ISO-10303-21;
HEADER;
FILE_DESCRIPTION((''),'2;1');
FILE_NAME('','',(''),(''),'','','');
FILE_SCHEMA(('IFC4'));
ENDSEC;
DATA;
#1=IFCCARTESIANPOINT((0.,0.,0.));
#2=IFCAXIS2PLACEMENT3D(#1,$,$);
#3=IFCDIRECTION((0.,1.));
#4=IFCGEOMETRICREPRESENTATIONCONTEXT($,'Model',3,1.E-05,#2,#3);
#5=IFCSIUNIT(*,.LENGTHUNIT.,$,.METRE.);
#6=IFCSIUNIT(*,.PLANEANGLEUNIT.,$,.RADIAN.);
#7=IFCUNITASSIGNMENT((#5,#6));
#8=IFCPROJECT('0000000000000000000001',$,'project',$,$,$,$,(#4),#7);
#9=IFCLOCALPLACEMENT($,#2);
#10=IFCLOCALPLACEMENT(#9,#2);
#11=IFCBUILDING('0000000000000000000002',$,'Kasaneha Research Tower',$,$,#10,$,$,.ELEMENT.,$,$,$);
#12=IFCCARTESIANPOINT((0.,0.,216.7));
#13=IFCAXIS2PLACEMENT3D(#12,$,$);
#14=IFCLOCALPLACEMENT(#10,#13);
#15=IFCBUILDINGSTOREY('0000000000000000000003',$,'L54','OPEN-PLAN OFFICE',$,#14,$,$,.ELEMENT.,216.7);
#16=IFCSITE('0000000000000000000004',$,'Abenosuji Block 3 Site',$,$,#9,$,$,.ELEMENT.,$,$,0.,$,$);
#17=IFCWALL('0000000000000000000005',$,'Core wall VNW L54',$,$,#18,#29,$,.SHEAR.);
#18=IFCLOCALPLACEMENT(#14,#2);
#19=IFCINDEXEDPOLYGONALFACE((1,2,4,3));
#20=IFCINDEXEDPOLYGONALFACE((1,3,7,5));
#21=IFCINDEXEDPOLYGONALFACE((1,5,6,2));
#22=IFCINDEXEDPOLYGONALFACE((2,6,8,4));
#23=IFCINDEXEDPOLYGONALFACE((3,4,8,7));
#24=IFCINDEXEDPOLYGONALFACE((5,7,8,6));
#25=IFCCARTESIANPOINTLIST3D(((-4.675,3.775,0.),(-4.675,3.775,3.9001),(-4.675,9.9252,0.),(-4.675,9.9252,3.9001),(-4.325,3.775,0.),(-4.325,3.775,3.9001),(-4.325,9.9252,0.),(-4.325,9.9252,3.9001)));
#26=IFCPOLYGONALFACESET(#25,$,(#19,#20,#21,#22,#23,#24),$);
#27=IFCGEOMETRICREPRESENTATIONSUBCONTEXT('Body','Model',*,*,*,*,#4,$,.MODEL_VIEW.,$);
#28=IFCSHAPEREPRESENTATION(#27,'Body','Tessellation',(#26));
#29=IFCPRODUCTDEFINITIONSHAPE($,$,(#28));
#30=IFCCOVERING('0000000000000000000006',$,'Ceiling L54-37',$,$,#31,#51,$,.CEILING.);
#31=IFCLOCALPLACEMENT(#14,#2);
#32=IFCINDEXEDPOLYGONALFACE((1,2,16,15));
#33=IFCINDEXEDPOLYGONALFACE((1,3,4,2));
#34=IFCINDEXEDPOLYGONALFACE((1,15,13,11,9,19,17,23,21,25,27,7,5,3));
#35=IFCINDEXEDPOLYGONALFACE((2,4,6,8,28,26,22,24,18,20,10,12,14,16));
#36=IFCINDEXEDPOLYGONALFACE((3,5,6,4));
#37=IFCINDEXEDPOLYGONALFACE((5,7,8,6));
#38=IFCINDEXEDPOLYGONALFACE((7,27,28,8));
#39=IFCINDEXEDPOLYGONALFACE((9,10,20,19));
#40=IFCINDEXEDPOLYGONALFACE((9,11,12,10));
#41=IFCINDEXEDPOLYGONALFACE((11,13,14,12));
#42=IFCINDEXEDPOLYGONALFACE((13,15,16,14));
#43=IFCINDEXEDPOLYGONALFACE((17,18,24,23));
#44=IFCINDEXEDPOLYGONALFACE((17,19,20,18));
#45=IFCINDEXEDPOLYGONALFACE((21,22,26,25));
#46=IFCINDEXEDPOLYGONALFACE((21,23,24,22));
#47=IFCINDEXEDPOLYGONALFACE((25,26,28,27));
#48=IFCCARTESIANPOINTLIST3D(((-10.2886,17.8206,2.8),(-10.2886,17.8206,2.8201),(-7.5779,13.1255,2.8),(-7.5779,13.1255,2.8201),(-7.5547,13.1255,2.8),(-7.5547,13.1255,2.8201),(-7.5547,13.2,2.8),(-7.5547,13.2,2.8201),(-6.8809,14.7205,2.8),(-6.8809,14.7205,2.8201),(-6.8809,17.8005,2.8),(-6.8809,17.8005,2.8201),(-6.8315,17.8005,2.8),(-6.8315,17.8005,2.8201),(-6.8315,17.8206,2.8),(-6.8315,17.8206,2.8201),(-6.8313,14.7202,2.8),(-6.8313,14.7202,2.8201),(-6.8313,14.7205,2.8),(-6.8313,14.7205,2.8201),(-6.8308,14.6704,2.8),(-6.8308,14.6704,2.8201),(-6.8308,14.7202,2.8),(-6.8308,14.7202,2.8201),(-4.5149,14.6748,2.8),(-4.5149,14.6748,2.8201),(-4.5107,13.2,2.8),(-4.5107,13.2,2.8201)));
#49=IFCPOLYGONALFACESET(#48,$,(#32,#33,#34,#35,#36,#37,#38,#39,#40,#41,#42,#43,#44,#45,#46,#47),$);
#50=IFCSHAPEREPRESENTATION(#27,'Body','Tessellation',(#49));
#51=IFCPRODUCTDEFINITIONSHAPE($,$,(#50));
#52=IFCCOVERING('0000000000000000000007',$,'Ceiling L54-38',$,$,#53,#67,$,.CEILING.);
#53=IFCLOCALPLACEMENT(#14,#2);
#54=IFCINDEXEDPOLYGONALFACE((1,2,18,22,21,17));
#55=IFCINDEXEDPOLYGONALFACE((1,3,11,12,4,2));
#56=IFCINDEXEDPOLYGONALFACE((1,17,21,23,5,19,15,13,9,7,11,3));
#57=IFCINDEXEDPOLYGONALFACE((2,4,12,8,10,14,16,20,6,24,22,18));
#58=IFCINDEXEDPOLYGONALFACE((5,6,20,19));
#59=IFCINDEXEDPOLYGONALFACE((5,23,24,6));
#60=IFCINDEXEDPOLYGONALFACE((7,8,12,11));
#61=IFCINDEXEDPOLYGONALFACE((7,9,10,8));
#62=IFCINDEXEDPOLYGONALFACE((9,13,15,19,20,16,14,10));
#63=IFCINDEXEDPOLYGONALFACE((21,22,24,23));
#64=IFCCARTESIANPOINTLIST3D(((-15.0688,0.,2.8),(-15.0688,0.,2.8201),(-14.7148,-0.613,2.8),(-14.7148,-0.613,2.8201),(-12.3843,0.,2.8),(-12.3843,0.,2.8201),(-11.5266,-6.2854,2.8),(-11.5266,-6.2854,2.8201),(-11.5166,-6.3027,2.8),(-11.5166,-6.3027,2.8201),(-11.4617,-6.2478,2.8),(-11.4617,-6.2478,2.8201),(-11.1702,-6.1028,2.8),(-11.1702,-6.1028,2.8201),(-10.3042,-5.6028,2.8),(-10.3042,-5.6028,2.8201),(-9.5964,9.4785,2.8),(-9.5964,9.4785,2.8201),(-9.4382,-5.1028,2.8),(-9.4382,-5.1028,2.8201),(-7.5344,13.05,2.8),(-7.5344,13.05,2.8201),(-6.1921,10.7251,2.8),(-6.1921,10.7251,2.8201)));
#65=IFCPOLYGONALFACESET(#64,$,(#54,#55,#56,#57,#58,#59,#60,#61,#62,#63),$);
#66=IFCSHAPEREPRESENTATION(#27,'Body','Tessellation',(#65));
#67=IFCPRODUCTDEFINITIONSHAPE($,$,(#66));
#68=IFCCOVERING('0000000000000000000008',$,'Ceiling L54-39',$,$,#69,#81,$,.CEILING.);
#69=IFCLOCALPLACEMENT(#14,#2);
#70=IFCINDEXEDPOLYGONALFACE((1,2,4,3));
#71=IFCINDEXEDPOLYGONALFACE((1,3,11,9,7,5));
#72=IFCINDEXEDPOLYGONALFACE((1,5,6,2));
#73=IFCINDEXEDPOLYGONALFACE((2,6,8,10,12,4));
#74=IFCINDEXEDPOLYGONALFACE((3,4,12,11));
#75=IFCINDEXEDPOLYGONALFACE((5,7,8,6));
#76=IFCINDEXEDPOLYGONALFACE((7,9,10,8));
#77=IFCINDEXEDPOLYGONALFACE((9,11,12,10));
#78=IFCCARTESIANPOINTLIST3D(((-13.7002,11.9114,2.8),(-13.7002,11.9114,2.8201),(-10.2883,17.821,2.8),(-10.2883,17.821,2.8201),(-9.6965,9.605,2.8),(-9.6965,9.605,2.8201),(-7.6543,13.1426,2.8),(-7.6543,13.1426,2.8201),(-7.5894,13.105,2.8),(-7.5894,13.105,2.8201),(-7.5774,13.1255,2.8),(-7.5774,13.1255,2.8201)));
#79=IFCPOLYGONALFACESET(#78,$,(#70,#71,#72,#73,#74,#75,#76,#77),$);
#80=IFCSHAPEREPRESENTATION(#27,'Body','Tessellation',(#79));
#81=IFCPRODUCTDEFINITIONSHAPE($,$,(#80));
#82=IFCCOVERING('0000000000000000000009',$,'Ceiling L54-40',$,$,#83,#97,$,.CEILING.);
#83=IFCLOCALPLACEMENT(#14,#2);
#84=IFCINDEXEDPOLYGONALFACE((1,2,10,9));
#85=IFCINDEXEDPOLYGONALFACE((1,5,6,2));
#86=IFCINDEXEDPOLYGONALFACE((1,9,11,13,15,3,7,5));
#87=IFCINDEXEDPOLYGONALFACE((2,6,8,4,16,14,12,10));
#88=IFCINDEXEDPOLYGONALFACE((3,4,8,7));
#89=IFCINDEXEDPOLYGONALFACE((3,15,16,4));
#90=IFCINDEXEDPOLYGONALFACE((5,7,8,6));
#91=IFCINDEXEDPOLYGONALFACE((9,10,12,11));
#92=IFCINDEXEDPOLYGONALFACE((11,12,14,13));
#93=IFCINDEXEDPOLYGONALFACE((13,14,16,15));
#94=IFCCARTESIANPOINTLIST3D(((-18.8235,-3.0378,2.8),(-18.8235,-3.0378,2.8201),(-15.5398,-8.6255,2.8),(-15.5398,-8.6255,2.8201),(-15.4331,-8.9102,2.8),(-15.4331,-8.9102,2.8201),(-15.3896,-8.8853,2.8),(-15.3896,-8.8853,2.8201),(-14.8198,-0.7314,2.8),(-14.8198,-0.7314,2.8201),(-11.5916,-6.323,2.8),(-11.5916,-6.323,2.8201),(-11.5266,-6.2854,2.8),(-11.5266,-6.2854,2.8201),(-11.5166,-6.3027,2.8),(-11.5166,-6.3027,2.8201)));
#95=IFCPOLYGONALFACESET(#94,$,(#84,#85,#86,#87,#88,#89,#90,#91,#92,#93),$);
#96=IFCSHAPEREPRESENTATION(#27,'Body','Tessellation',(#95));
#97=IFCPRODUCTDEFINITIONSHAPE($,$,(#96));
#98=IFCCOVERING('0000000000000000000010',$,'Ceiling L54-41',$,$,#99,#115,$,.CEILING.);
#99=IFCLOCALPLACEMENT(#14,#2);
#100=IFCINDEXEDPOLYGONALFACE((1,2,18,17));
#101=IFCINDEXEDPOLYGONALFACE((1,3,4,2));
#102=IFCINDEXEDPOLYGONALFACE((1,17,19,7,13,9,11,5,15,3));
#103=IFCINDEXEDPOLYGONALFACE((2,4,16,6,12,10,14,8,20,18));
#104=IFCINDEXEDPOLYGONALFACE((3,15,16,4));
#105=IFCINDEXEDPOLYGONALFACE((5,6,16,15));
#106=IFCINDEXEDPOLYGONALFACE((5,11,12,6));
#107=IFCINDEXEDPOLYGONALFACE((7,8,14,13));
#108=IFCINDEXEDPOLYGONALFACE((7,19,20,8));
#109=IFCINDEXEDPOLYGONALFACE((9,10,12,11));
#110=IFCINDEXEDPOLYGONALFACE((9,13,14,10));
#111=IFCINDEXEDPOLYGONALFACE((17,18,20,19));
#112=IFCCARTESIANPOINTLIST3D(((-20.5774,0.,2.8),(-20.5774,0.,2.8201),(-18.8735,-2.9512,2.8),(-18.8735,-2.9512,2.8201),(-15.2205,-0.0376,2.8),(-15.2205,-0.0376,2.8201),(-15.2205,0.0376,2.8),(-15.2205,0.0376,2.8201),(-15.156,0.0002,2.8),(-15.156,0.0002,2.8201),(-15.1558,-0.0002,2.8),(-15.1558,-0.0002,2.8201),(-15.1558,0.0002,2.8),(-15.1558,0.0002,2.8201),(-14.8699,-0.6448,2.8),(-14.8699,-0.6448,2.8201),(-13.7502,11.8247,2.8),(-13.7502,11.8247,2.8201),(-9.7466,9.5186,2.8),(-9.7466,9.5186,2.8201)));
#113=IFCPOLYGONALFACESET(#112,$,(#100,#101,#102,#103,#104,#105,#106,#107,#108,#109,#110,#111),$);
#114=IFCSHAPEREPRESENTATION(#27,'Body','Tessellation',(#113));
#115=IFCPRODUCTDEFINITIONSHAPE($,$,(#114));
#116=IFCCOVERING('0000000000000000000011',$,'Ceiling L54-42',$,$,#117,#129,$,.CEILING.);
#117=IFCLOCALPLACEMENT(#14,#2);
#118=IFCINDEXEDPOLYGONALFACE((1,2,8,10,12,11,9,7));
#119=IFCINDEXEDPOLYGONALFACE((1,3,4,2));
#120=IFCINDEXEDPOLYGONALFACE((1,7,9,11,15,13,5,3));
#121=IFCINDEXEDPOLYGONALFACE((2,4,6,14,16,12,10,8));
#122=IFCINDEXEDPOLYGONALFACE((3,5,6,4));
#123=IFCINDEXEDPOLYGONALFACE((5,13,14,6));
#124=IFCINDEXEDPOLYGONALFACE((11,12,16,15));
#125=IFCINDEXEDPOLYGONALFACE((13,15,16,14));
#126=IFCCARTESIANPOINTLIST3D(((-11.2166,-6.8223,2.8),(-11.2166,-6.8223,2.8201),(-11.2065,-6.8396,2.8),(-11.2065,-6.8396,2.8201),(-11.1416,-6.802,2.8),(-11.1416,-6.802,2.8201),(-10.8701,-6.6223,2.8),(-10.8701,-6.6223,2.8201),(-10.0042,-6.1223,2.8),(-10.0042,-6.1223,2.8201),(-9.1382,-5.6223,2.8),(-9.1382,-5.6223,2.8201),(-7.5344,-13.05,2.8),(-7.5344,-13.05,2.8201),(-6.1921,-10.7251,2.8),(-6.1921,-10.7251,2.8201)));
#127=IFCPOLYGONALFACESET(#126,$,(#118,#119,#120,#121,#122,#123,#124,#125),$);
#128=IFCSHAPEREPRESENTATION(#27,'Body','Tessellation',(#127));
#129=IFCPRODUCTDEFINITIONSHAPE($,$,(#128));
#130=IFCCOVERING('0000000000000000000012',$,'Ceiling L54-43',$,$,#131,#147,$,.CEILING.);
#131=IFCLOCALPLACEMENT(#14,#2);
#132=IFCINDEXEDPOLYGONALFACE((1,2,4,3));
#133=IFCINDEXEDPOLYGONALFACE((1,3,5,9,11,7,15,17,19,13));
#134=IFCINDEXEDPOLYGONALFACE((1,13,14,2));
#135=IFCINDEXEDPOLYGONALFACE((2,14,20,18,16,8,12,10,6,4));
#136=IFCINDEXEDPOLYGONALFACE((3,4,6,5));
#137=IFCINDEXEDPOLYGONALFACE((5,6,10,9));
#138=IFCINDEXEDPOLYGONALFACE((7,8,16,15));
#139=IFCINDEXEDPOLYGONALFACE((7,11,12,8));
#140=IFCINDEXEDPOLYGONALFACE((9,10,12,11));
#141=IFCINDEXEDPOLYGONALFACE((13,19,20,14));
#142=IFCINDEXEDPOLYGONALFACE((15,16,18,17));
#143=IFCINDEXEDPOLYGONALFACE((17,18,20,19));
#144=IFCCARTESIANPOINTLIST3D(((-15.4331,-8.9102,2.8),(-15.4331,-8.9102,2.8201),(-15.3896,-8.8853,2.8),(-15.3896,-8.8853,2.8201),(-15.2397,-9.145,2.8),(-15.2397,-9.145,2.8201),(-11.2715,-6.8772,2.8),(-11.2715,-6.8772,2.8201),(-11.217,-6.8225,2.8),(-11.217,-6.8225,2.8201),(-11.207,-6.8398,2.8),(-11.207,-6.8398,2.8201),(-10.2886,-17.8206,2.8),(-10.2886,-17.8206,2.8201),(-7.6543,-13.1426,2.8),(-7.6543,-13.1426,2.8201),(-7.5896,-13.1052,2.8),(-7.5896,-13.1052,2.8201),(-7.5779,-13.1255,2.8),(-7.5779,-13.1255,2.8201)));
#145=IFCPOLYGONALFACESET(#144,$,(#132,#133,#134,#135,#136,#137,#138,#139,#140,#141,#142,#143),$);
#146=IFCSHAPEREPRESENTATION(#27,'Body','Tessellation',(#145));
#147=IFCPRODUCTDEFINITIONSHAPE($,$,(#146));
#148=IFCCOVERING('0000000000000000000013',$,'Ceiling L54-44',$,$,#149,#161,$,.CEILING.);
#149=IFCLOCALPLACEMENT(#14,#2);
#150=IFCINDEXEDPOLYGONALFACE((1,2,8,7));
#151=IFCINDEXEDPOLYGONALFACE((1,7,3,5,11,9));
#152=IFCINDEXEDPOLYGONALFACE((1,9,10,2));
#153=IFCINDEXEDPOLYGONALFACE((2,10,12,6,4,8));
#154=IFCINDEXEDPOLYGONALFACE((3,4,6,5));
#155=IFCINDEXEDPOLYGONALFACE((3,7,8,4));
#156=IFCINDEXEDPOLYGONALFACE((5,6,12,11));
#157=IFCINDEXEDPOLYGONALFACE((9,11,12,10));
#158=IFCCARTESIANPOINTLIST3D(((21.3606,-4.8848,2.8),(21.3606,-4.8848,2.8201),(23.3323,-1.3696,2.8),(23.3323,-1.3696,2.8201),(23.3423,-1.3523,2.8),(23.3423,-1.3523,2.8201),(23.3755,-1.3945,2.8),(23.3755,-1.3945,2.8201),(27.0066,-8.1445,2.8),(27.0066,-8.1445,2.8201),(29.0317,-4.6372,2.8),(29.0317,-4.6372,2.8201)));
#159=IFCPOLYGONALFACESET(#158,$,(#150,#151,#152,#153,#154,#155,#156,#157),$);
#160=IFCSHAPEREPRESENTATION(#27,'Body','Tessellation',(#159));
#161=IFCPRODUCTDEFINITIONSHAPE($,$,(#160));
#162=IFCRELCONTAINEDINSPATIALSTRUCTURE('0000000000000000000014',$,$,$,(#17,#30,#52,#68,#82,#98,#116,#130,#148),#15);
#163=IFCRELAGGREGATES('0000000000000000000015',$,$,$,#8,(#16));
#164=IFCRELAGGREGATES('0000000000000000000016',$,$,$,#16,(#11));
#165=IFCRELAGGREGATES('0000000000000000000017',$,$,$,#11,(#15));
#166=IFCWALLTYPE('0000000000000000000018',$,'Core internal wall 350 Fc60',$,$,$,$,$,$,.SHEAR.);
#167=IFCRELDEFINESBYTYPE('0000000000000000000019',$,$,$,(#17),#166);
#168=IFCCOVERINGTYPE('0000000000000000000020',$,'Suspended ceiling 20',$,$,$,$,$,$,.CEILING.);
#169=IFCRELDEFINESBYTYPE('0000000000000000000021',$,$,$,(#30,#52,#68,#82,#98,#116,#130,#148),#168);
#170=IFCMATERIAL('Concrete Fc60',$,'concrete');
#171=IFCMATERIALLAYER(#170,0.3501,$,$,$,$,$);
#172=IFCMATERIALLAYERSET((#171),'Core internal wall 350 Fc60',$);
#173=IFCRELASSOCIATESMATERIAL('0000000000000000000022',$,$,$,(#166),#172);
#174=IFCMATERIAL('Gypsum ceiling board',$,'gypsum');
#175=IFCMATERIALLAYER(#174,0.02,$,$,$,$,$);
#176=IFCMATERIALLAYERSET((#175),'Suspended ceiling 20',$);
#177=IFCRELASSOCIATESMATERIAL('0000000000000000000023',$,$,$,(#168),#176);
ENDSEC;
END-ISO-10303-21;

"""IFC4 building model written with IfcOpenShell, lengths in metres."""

from ifc_helpers import new_model, si_unit, direction, frame, frame_2d, origin, place, context, subcontext, project, spatial, polyline, rectangle, outline, extrude, material, layer, layer_set, type_object, element, save


model = new_model("IFC4")

# Units and contexts
model_context = context("Model", 3, precision=1e-05, world=origin(), true_north=direction((0.0, 1.0)))
body_context = subcontext(model_context, "Body", "Model", "MODEL_VIEW")
ifc_project = project(units=[si_unit("LENGTHUNIT", "METRE"), si_unit("PLANEANGLEUNIT", "RADIAN")], contexts=[model_context])

# Site, building, storey
site_placement = place(None, origin())
site = spatial("IfcSite", under=ifc_project, at=site_placement, Name="Abenosuji Block 3 Site", CompositionType="ELEMENT", RefElevation=0.0)
building_placement = place(site_placement, origin())
building = spatial("IfcBuilding", under=site, at=building_placement, Name="Kasaneha Research Tower", CompositionType="ELEMENT")
storey_placement = place(building_placement, frame((0.0, 0.0, 216.7)))
storey = spatial("IfcBuildingStorey", under=building, at=storey_placement, Name="L54", Description="OPEN-PLAN OFFICE", CompositionType="ELEMENT", Elevation=216.7)

# Shared definitions
ifc_material_1 = material(Name="Concrete Fc60", Category="concrete")
ifc_layer_1 = layer(ifc_material_1, 0.3501)
ifc_layer_set_1 = layer_set([ifc_layer_1], Name="Core internal wall 350 Fc60")
wall_type = type_object("IfcWallType", Name="Core internal wall 350 Fc60", PredefinedType="SHEAR", material=ifc_layer_set_1)

# Wall
wall_1_placement = place(storey_placement, frame((-4.5, 3.7749, 0.0), z_axis=(0.0, 0.0, 1.0), x_axis=(0.0, 1.0, 0.0)))
element("IfcWall", 1, at=wall_1_placement, inside=storey, type_object=wall_type, Name="Core wall VNW L54", PredefinedType="SHEAR", context=body_context, shape_type="SweptSolid", body=[
    extrude(rectangle(XDim=6.1501, YDim=0.3501, at=frame_2d((3.0752, 0.0))), origin(), (0.0, 0.0, 1.0), 3.9001),
])

# Coverings
ifc_material_2 = material(Name="Gypsum ceiling board", Category="gypsum")
ifc_layer_2 = layer(ifc_material_2, 0.02)
ifc_layer_set_2 = layer_set([ifc_layer_2], Name="Suspended ceiling 20")
covering_type_1 = type_object("IfcCoveringType", Name="Suspended ceiling 20", PredefinedType="CEILING", material=ifc_layer_set_2)
covering_1_placement = place(storey_placement, frame((0.0, 0.0, 2.8)))
element("IfcCovering", 2, at=covering_1_placement, inside=storey, type_object=covering_type_1, Name="Ceiling L54-37", PredefinedType="CEILING", context=body_context, shape_type="SweptSolid", body=[
    extrude(outline(polyline([(-6.8315, 17.8005), (-6.8809, 17.8005), (-6.8809, 14.7205), (-6.8313, 14.7205), (-6.8313, 14.7202), (-6.8308, 14.7202), (-6.8308, 14.6704), (-4.5149, 14.6748), (-4.5107, 13.2), (-7.5547, 13.2), (-7.5547, 13.1255), (-7.5779, 13.1255), (-10.2886, 17.8206), (-6.8315, 17.8206), (-6.8315, 17.8005)])), origin(), (0.0, 0.0, 1.0), 0.02),
])
covering_2_placement = place(storey_placement, frame((0.0, 0.0, 2.8)))
element("IfcCovering", 3, at=covering_2_placement, inside=storey, type_object=covering_type_1, Name="Ceiling L54-38", PredefinedType="CEILING", context=body_context, shape_type="SweptSolid", body=[
    extrude(outline(polyline([(-12.3843, 0.0), (-9.4382, -5.1028), (-10.3042, -5.6028), (-10.3042, -5.6028), (-11.1702, -6.1028), (-11.1702, -6.1028), (-11.5166, -6.3027), (-11.5266, -6.2854), (-11.4617, -6.2478), (-14.7148, -0.613), (-14.7148, -0.613), (-15.0688, 0.0), (-9.5964, 9.4785), (-9.5964, 9.4785), (-7.5344, 13.05), (-7.5344, 13.05), (-6.1921, 10.7251), (-12.3843, 0.0)])), origin(), (0.0, 0.0, 1.0), 0.02),
])
covering_3_placement = place(storey_placement, frame((0.0, 0.0, 2.8)))
element("IfcCovering", 4, at=covering_3_placement, inside=storey, type_object=covering_type_1, Name="Ceiling L54-39", PredefinedType="CEILING", context=body_context, shape_type="SweptSolid", body=[
    extrude(outline(polyline([(-7.5774, 13.1255), (-7.5894, 13.105), (-7.6543, 13.1426), (-9.6965, 9.605), (-13.7002, 11.9114), (-10.2883, 17.821), (-7.5774, 13.1255)])), origin(), (0.0, 0.0, 1.0), 0.02),
])
covering_4_placement = place(storey_placement, frame((0.0, 0.0, 2.8)))
element("IfcCovering", 5, at=covering_4_placement, inside=storey, type_object=covering_type_1, Name="Ceiling L54-40", PredefinedType="CEILING", context=body_context, shape_type="SweptSolid", body=[
    extrude(outline(polyline([(-15.5398, -8.6255), (-15.3896, -8.8853), (-15.4331, -8.9102), (-18.8235, -3.0378), (-14.8198, -0.7314), (-11.5916, -6.323), (-11.5266, -6.2854), (-11.5166, -6.3027), (-15.5398, -8.6255), (-15.5398, -8.6255), (-15.5398, -8.6255)])), origin(), (0.0, 0.0, 1.0), 0.02),
])
covering_5_placement = place(storey_placement, frame((0.0, 0.0, 2.8)))
element("IfcCovering", 6, at=covering_5_placement, inside=storey, type_object=covering_type_1, Name="Ceiling L54-41", PredefinedType="CEILING", context=body_context, shape_type="SweptSolid", body=[
    extrude(outline(polyline([(-15.156, 0.0002), (-15.1558, -0.0002), (-15.2205, -0.0376), (-14.8699, -0.6448), (-18.8735, -2.9512), (-20.5774, 0.0), (-13.7502, 11.8247), (-9.7466, 9.5186), (-15.2205, 0.0376), (-15.1558, 0.0002), (-15.156, 0.0002)])), origin(), (0.0, 0.0, 1.0), 0.02),
])
covering_6_placement = place(storey_placement, frame((0.0, 0.0, 2.8)))
element("IfcCovering", 7, at=covering_6_placement, inside=storey, type_object=covering_type_1, Name="Ceiling L54-42", PredefinedType="CEILING", context=body_context, shape_type="SweptSolid", body=[
    extrude(outline(polyline([(-10.8701, -6.6223), (-10.0042, -6.1223), (-10.0042, -6.1223), (-9.1382, -5.6223), (-6.1921, -10.7251), (-7.5344, -13.05), (-11.1416, -6.802), (-11.2065, -6.8396), (-11.2166, -6.8223), (-10.8701, -6.6223), (-10.8701, -6.6223)])), origin(), (0.0, 0.0, 1.0), 0.02),
])
covering_7_placement = place(storey_placement, frame((0.0, 0.0, 2.8)))
element("IfcCovering", 8, at=covering_7_placement, inside=storey, type_object=covering_type_1, Name="Ceiling L54-43", PredefinedType="CEILING", context=body_context, shape_type="SweptSolid", body=[
    extrude(outline(polyline([(-11.207, -6.8398), (-11.2715, -6.8772), (-7.6543, -13.1426), (-7.5896, -13.1052), (-7.5779, -13.1255), (-10.2886, -17.8206), (-15.4331, -8.9102), (-15.3896, -8.8853), (-15.2397, -9.145), (-15.2397, -9.145), (-15.2397, -9.145), (-11.217, -6.8225), (-11.207, -6.8398)])), origin(), (0.0, 0.0, 1.0), 0.02),
])
covering_8_placement = place(storey_placement, frame((0.0, 0.0, 2.8)))
element("IfcCovering", 9, at=covering_8_placement, inside=storey, type_object=covering_type_1, Name="Ceiling L54-44", PredefinedType="CEILING", context=body_context, shape_type="SweptSolid", body=[
    extrude(outline(polyline([(29.0317, -4.6372), (27.0066, -8.1445), (21.3606, -4.8848), (23.3755, -1.3945), (23.3323, -1.3696), (23.3423, -1.3523), (29.0317, -4.6372)])), origin(), (0.0, 0.0, 1.0), 0.02),
])

save(model, "model.ifc")
